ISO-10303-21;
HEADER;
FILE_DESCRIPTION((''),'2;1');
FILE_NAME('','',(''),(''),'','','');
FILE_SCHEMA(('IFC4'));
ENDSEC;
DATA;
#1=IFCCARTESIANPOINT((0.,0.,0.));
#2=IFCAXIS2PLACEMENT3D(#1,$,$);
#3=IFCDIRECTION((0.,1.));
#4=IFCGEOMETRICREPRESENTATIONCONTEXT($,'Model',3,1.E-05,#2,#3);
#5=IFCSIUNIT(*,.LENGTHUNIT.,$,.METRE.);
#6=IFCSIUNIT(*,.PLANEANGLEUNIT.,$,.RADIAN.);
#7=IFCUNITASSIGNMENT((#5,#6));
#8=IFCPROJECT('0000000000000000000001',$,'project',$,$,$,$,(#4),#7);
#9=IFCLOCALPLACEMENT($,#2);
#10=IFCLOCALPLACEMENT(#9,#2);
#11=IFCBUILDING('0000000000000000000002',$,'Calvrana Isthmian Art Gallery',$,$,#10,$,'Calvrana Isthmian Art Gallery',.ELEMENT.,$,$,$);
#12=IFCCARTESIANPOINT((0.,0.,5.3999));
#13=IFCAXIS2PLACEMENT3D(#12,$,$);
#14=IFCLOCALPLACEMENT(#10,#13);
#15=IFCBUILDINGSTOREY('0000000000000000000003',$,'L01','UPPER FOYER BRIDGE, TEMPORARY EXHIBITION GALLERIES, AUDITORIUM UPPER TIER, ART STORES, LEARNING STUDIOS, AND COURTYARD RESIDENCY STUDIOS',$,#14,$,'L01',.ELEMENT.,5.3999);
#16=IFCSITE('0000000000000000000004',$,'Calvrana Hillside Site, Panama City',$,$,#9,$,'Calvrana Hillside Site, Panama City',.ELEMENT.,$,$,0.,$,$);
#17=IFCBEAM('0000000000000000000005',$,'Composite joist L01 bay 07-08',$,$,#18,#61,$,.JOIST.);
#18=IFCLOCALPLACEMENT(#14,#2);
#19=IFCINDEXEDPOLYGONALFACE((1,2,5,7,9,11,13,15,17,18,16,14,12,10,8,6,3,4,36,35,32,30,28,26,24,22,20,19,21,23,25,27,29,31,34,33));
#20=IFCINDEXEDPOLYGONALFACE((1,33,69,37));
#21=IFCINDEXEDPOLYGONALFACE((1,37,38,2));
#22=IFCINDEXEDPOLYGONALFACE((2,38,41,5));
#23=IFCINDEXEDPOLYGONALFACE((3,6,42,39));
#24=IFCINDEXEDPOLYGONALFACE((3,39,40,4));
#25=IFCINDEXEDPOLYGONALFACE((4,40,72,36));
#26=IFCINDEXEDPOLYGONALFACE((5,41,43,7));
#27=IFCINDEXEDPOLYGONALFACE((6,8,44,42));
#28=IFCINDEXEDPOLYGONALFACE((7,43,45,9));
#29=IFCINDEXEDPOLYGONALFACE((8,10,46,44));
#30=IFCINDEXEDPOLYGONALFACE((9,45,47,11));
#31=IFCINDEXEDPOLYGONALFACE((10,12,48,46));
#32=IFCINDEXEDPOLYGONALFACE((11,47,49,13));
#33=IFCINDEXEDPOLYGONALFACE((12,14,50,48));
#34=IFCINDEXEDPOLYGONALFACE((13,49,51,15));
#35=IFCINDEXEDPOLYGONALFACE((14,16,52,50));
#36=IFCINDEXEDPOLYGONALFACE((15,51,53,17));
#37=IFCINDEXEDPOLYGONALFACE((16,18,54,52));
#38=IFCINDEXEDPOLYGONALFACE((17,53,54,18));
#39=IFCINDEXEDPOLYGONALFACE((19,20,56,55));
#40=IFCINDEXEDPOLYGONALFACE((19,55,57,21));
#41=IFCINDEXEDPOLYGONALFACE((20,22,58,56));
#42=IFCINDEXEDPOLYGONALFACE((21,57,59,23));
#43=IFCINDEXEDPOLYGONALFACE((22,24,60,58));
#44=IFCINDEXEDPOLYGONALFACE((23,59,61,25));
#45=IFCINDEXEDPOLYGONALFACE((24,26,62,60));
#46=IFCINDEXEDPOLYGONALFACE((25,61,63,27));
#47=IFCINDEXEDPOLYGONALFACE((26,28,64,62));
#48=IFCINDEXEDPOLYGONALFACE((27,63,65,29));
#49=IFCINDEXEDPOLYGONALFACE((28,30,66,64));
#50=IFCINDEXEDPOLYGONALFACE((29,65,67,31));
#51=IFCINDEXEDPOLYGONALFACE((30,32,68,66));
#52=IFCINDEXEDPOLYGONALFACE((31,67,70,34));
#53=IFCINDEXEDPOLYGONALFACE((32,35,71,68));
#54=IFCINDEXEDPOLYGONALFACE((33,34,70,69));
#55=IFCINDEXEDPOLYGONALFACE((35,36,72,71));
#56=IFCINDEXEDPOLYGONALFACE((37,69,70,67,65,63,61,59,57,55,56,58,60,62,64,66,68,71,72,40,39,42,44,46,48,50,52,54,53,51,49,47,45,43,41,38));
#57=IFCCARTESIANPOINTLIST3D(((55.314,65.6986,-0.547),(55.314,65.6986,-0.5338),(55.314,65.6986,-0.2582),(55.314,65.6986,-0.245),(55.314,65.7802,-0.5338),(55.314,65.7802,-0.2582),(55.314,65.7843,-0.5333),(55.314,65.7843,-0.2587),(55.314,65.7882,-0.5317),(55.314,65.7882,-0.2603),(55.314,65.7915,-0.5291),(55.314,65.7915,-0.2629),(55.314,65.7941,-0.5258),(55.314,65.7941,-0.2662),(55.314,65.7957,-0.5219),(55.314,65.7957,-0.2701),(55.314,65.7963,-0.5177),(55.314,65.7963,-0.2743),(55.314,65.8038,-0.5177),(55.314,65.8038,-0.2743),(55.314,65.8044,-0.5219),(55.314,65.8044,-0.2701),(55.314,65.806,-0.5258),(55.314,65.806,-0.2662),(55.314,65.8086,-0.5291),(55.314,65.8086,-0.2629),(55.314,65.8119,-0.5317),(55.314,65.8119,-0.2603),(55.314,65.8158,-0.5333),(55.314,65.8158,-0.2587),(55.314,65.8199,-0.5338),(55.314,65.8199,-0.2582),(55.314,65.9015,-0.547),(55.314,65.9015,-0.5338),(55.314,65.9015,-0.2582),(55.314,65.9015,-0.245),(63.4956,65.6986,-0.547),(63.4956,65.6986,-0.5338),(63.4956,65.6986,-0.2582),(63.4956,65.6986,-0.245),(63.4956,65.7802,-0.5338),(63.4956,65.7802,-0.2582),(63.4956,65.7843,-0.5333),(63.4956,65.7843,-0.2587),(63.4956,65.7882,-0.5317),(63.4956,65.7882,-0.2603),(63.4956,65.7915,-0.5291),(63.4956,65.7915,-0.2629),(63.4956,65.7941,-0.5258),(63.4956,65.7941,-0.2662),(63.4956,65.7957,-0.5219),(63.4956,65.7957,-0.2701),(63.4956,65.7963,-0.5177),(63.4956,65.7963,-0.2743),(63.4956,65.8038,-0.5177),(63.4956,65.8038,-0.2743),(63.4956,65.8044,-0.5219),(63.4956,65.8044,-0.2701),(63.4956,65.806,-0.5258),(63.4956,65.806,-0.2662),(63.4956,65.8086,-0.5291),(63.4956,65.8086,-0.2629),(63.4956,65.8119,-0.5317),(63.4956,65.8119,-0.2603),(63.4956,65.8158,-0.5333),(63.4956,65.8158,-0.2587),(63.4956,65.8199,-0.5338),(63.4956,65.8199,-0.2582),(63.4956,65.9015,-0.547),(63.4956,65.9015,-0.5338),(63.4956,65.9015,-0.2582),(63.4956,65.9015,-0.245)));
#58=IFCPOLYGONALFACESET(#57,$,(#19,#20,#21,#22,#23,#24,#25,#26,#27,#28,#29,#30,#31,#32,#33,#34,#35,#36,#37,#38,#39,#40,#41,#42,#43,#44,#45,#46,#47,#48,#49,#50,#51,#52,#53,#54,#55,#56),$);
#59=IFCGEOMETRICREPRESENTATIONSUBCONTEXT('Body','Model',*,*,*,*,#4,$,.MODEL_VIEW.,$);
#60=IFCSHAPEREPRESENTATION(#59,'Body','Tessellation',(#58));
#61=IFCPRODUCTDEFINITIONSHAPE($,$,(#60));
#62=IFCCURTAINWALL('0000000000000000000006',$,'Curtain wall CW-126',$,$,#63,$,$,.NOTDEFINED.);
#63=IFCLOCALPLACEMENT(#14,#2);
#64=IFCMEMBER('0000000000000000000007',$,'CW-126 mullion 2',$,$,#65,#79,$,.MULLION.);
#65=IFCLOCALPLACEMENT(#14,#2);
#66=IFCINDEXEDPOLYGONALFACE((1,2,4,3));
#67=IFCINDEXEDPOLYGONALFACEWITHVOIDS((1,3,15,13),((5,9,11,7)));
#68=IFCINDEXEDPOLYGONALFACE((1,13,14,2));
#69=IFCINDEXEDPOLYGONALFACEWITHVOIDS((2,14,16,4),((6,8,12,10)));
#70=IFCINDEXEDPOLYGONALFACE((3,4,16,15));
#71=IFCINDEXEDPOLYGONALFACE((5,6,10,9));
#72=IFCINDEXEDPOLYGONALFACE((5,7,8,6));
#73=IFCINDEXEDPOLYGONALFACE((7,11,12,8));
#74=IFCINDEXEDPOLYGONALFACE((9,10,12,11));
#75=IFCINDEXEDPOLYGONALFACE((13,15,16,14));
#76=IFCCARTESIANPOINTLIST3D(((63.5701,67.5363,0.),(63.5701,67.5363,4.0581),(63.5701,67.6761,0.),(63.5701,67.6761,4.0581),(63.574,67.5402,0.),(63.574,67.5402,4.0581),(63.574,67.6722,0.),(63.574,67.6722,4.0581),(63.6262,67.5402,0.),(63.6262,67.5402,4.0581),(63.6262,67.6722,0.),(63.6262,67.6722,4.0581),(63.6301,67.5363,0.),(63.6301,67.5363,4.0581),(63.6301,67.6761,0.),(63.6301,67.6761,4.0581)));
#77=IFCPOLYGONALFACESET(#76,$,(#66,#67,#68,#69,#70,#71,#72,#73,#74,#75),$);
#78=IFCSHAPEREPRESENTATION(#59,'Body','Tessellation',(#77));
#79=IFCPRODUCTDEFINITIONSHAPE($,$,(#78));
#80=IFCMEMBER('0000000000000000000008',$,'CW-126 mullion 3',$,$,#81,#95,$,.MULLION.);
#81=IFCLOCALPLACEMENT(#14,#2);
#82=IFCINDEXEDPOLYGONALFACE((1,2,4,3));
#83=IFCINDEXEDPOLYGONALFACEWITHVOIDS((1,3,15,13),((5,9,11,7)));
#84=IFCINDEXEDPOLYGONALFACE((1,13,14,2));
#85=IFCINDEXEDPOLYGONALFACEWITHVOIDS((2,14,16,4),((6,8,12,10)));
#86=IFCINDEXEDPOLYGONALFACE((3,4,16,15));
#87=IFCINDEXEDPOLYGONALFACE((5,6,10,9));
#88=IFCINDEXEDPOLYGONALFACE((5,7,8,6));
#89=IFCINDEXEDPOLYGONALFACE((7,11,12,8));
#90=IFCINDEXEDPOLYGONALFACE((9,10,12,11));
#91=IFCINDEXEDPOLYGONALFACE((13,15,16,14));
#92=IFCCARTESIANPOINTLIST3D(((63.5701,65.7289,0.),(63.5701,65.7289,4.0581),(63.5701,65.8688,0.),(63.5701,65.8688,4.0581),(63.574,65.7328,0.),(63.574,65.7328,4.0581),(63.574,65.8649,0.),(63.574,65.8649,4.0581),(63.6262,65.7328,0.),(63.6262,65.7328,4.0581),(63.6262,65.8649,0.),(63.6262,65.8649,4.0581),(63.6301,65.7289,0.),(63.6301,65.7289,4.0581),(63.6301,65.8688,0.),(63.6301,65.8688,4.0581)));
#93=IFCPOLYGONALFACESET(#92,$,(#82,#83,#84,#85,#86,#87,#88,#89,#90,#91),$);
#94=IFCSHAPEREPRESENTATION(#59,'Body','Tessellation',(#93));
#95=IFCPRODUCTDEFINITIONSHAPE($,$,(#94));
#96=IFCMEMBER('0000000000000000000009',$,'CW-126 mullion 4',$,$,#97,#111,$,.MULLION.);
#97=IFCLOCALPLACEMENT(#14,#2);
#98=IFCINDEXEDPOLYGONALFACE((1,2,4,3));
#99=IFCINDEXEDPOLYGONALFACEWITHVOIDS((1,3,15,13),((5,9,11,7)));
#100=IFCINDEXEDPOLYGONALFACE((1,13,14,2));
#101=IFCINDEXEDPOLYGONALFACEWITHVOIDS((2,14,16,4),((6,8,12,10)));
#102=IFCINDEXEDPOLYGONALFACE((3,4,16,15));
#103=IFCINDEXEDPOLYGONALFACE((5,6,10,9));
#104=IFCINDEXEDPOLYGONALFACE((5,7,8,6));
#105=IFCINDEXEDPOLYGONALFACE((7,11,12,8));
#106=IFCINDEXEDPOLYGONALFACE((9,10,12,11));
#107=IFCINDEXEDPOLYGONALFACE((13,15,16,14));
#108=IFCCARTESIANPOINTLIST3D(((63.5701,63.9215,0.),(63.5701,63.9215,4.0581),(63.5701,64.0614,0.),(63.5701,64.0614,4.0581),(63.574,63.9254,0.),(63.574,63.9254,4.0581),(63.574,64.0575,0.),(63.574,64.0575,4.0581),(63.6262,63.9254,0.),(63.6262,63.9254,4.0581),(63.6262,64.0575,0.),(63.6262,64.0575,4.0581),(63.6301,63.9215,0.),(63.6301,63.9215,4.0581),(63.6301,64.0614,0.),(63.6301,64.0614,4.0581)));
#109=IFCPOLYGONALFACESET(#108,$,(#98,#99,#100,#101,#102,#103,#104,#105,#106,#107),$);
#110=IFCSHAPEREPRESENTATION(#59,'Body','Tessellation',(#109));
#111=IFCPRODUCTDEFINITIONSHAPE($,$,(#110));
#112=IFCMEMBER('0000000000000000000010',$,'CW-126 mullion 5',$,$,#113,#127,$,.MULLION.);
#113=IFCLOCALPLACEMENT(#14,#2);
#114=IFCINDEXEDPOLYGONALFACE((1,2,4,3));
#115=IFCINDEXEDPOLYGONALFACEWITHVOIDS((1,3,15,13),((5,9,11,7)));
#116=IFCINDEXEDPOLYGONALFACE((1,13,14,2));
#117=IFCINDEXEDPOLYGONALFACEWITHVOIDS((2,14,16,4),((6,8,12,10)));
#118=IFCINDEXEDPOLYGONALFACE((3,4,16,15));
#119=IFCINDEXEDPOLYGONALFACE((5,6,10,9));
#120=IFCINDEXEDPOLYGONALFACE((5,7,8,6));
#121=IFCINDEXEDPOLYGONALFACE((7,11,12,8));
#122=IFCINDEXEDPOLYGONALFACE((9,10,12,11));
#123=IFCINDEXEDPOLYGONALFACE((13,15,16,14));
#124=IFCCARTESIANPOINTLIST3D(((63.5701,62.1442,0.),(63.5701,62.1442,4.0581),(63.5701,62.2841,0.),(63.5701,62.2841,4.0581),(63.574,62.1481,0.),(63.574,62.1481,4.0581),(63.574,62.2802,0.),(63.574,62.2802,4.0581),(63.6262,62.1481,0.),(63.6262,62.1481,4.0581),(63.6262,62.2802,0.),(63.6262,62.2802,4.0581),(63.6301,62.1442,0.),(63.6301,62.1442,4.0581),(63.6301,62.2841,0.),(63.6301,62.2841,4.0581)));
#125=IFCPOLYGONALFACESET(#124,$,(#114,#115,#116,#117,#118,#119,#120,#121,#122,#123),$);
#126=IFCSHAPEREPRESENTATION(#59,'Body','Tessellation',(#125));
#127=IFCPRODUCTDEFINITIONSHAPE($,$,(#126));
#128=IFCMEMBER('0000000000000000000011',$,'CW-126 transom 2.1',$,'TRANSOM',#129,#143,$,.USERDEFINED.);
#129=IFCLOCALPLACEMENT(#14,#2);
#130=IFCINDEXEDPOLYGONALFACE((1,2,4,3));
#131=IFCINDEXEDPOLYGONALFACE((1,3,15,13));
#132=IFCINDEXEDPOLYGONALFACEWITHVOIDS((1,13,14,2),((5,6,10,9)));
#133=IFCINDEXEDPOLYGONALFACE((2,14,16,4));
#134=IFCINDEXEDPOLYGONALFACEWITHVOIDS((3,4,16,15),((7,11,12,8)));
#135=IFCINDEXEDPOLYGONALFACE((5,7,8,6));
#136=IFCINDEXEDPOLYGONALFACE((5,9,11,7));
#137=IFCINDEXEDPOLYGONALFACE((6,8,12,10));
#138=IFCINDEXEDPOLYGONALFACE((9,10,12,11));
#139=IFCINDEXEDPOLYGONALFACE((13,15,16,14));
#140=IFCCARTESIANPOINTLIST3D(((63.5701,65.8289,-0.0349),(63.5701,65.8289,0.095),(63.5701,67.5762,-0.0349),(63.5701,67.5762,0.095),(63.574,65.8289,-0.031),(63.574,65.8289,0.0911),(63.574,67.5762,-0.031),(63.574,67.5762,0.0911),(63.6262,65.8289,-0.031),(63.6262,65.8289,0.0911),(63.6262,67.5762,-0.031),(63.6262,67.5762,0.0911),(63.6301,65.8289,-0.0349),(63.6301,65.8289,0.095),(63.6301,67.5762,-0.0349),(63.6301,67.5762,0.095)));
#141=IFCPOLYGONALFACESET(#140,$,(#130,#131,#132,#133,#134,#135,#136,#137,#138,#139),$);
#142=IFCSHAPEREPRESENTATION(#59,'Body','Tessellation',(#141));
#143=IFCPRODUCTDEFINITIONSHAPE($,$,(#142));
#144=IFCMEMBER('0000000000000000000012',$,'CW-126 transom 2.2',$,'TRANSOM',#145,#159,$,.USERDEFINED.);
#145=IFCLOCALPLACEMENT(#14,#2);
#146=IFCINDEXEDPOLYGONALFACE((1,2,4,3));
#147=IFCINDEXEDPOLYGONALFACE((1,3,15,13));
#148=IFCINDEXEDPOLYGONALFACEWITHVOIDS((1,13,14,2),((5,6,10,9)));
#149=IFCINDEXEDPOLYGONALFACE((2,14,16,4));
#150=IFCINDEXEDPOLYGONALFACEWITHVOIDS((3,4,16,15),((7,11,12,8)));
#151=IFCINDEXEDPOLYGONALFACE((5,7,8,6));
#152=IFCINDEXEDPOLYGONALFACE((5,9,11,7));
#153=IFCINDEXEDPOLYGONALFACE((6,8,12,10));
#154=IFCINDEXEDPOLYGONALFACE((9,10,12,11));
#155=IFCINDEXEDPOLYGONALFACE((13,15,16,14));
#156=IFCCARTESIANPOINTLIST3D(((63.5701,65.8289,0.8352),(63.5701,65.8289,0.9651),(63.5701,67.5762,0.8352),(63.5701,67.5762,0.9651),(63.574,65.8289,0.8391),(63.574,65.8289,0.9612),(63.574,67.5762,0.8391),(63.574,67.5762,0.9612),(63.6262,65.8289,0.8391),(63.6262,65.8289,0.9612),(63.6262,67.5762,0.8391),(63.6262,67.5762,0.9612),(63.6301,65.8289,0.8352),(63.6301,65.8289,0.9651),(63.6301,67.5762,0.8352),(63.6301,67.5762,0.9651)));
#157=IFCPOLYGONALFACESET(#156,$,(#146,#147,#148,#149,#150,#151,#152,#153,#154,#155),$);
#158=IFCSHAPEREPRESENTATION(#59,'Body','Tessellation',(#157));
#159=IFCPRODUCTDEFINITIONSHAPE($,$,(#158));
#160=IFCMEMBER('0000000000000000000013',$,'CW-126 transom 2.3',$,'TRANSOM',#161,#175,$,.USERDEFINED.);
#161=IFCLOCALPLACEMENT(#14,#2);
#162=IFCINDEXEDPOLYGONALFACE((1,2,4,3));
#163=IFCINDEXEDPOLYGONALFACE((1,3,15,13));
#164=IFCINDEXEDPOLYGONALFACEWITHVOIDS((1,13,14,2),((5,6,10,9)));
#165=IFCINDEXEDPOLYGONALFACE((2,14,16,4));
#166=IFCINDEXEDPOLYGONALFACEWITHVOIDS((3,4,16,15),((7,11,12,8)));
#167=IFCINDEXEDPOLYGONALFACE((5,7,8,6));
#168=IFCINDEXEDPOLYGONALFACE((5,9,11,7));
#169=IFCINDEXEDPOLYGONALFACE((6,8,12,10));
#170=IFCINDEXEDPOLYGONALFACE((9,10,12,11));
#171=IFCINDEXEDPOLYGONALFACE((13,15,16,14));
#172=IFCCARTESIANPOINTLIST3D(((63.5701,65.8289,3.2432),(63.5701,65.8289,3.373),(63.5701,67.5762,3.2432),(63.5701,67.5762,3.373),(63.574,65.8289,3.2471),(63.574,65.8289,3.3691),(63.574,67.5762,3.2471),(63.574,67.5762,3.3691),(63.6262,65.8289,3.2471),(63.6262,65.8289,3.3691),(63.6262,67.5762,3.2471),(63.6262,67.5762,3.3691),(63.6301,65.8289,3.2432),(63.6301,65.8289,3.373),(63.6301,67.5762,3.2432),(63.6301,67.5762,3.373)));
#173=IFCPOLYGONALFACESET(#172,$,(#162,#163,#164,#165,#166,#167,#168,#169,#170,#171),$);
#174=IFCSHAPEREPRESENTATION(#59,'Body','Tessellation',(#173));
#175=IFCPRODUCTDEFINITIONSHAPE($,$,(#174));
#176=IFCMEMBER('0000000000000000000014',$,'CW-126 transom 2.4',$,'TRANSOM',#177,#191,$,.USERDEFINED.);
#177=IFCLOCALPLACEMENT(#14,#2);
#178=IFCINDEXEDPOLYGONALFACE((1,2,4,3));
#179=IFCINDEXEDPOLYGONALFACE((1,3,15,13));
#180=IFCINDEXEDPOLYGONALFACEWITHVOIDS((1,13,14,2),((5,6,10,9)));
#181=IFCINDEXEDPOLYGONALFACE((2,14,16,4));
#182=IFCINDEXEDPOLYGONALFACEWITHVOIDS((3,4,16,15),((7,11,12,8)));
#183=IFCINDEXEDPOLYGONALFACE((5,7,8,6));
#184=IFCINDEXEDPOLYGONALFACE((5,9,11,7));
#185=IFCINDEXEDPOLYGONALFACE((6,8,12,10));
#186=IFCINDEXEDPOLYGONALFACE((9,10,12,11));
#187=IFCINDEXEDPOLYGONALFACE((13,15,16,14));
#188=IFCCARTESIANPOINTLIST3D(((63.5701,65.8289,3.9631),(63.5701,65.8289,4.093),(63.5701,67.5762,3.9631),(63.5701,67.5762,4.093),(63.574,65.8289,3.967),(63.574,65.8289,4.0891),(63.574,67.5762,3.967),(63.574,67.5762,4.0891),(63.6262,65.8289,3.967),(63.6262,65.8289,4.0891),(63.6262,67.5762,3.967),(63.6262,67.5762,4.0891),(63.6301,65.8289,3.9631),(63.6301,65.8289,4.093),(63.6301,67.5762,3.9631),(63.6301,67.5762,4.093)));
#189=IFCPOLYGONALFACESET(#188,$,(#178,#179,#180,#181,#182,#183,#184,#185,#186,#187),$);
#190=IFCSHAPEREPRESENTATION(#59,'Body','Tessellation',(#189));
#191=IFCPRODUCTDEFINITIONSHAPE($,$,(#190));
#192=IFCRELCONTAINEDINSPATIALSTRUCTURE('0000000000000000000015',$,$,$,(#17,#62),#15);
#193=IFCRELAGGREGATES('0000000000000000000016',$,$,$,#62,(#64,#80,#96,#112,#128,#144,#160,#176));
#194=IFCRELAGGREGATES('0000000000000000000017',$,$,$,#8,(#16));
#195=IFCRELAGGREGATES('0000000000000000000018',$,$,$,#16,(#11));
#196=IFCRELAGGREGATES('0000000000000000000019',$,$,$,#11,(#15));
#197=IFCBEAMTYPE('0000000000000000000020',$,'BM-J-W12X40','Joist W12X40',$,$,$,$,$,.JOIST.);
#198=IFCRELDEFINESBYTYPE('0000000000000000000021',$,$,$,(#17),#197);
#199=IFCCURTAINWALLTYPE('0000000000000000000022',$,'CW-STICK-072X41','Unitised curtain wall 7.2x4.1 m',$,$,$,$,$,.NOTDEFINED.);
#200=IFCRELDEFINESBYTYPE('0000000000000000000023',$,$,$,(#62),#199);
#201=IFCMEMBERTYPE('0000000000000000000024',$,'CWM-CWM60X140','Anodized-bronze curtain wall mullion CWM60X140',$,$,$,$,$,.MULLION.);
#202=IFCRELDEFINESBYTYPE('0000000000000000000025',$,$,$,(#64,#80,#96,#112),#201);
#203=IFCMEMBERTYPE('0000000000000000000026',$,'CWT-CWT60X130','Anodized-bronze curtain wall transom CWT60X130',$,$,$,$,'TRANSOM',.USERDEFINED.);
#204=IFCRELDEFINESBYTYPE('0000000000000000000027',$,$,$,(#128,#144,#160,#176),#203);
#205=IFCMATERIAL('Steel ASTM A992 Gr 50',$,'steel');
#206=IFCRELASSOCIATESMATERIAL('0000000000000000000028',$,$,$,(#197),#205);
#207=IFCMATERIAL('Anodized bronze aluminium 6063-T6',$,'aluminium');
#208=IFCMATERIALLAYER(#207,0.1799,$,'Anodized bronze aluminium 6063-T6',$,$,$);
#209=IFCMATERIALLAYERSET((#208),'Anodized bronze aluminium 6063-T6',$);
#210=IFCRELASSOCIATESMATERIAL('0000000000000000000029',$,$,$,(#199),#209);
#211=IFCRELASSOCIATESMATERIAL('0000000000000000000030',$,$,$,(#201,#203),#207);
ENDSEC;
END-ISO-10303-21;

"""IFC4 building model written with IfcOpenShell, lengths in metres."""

from ifc_helpers import new_model, si_unit, direction, frame, origin, origin_2d, place, context, subcontext, project, spatial, hollow_rectangle, i_section, extrude, material, layer, layer_set, material_profile, profile_set, type_object, element, aggregate, save


model = new_model("IFC4")

# Units and contexts
model_context = context("Model", 3, precision=1e-05, world=origin(), true_north=direction((0.0, 1.0)))
body_context = subcontext(model_context, "Body", "Model", "MODEL_VIEW")
ifc_project = project(units=[si_unit("LENGTHUNIT", "METRE"), si_unit("PLANEANGLEUNIT", "RADIAN")], contexts=[model_context])

# Site, building, storey
site_placement = place(None, origin())
site = spatial("IfcSite", under=ifc_project, at=site_placement, Name="Calvrana Hillside Site, Panama City", LongName="Calvrana Hillside Site, Panama City", CompositionType="ELEMENT", RefElevation=0.0)
building_placement = place(site_placement, origin())
building = spatial("IfcBuilding", under=site, at=building_placement, Name="Calvrana Isthmian Art Gallery", LongName="Calvrana Isthmian Art Gallery", CompositionType="ELEMENT")
storey_placement = place(building_placement, frame((0.0, 0.0, 5.3999)))
storey = spatial("IfcBuildingStorey", under=building, at=storey_placement, Name="L01", Description="UPPER FOYER BRIDGE, TEMPORARY EXHIBITION GALLERIES, AUDITORIUM UPPER TIER, ART STORES, LEARNING STUDIOS, AND COURTYARD RESIDENCY STUDIOS", LongName="L01", CompositionType="ELEMENT", Elevation=5.3999)

# Shared definitions
ifc_material_1 = material(Name="Steel ASTM A992 Gr 50", Category="steel")

# Beam
ifc_material_profile_1 = material_profile(ifc_material_1, i_section(OverallWidth=0.2029, OverallDepth=0.302, WebThickness=0.0076, FlangeThickness=0.0132, FilletRadius=0.0161, at=origin_2d()), Name="W12X40")
ifc_profile_set_1 = profile_set([ifc_material_profile_1], Name="Steel ASTM A992 Gr 50")
beam_type_1 = type_object("IfcBeamType", Name="BM-J-W12X40", Description="Joist W12X40", PredefinedType="JOIST", material=ifc_profile_set_1)
beam_1_placement = place(storey_placement, frame((55.314, 65.8, -0.396), z_axis=(1.0, 0.0, 0.0), x_axis=(0.0, 1.0, 0.0)))
element("IfcBeam", 1, at=beam_1_placement, inside=storey, type_object=beam_type_1, Name="Composite joist L01 bay 07-08", PredefinedType="JOIST", context=body_context, shape_type="SweptSolid", body=[
    extrude(i_section(OverallWidth=0.2029, OverallDepth=0.302, WebThickness=0.0076, FlangeThickness=0.0132, FilletRadius=0.0161, at=origin_2d()), origin(), (0.0, 0.0, 1.0), 8.1816),
])

# Curtain wall, members
ifc_material_2 = material(Name="Anodized bronze aluminium 6063-T6", Category="aluminium")
ifc_layer_1 = layer(ifc_material_2, 0.1799, Name="Anodized bronze aluminium 6063-T6")
ifc_layer_set_1 = layer_set([ifc_layer_1], Name="Anodized bronze aluminium 6063-T6")
curtain_wall_type = type_object("IfcCurtainWallType", Name="CW-STICK-072X41", Description="Unitised curtain wall 7.2x4.1 m", PredefinedType="NOTDEFINED", material=ifc_layer_set_1)
curtain_wall_placement = place(storey_placement, origin())
curtain_wall = element("IfcCurtainWall", 2, at=curtain_wall_placement, inside=storey, type_object=curtain_wall_type, Name="Curtain wall CW-126", PredefinedType="NOTDEFINED")
ifc_material_profile_2 = material_profile(ifc_material_2, hollow_rectangle(XDim=0.0601, YDim=0.1399, WallThickness=0.0039, at=origin_2d()), Name="CWM60X140")
ifc_profile_set_2 = profile_set([ifc_material_profile_2], Name="Anodized bronze aluminium 6063-T6")
member_type_1 = type_object("IfcMemberType", Name="CWM-CWM60X140", Description="Anodized-bronze curtain wall mullion CWM60X140", PredefinedType="MULLION", material=ifc_profile_set_2)
member_1_placement = place(storey_placement, frame((63.6001, 67.6062, 0.0), z_axis=(0.0, 0.0, 1.0), x_axis=(1.0, 0.0, 0.0)))
member_1 = element("IfcMember", 3, at=member_1_placement, type_object=member_type_1, Name="CW-126 mullion 2", PredefinedType="MULLION", context=body_context, shape_type="SweptSolid", body=[
    extrude(hollow_rectangle(XDim=0.0601, YDim=0.1399, WallThickness=0.0039, at=origin_2d()), origin(), (0.0, 0.0, 1.0), 4.0581),
])
member_2_placement = place(storey_placement, frame((63.6001, 65.7988, 0.0), z_axis=(0.0, 0.0, 1.0), x_axis=(1.0, 0.0, 0.0)))
member_2 = element("IfcMember", 4, at=member_2_placement, type_object=member_type_1, Name="CW-126 mullion 3", PredefinedType="MULLION", context=body_context, shape_type="SweptSolid", body=[
    extrude(hollow_rectangle(XDim=0.0601, YDim=0.1399, WallThickness=0.0039, at=origin_2d()), origin(), (0.0, 0.0, 1.0), 4.0581),
])
member_3_placement = place(storey_placement, frame((63.6001, 63.9915, 0.0), z_axis=(0.0, 0.0, 1.0), x_axis=(1.0, 0.0, 0.0)))
member_3 = element("IfcMember", 5, at=member_3_placement, type_object=member_type_1, Name="CW-126 mullion 4", PredefinedType="MULLION", context=body_context, shape_type="SweptSolid", body=[
    extrude(hollow_rectangle(XDim=0.0601, YDim=0.1399, WallThickness=0.0039, at=origin_2d()), origin(), (0.0, 0.0, 1.0), 4.0581),
])
member_4_placement = place(storey_placement, frame((63.6001, 62.2141, 0.0), z_axis=(0.0, 0.0, 1.0), x_axis=(1.0, 0.0, 0.0)))
member_4 = element("IfcMember", 6, at=member_4_placement, type_object=member_type_1, Name="CW-126 mullion 5", PredefinedType="MULLION", context=body_context, shape_type="SweptSolid", body=[
    extrude(hollow_rectangle(XDim=0.0601, YDim=0.1399, WallThickness=0.0039, at=origin_2d()), origin(), (0.0, 0.0, 1.0), 4.0581),
])
ifc_material_profile_3 = material_profile(ifc_material_2, hollow_rectangle(XDim=0.0601, YDim=0.1299, WallThickness=0.0039, at=origin_2d()), Name="CWT60X130")
ifc_profile_set_3 = profile_set([ifc_material_profile_3], Name="Anodized bronze aluminium 6063-T6")
member_type_2 = type_object("IfcMemberType", Name="CWT-CWT60X130", Description="Anodized-bronze curtain wall transom CWT60X130", ElementType="TRANSOM", PredefinedType="USERDEFINED", material=ifc_profile_set_3)
member_5_placement = place(storey_placement, frame((63.6001, 67.5762, 0.03), z_axis=(0.0, -1.0, 0.0), x_axis=(1.0, 0.0, 0.0)))
member_5 = element("IfcMember", 7, at=member_5_placement, type_object=member_type_2, Name="CW-126 transom 2.1", ObjectType="TRANSOM", PredefinedType="USERDEFINED", context=body_context, shape_type="SweptSolid", body=[
    extrude(hollow_rectangle(XDim=0.0601, YDim=0.1299, WallThickness=0.0039, at=origin_2d()), origin(), (0.0, 0.0, 1.0), 1.7473),
])
member_6_placement = place(storey_placement, frame((63.6001, 67.5762, 0.9001), z_axis=(0.0, -1.0, 0.0), x_axis=(1.0, 0.0, 0.0)))
member_6 = element("IfcMember", 8, at=member_6_placement, type_object=member_type_2, Name="CW-126 transom 2.2", ObjectType="TRANSOM", PredefinedType="USERDEFINED", context=body_context, shape_type="SweptSolid", body=[
    extrude(hollow_rectangle(XDim=0.0601, YDim=0.1299, WallThickness=0.0039, at=origin_2d()), origin(), (0.0, 0.0, 1.0), 1.7473),
])
member_7_placement = place(storey_placement, frame((63.6001, 67.5762, 3.3081), z_axis=(0.0, -1.0, 0.0), x_axis=(1.0, 0.0, 0.0)))
member_7 = element("IfcMember", 9, at=member_7_placement, type_object=member_type_2, Name="CW-126 transom 2.3", ObjectType="TRANSOM", PredefinedType="USERDEFINED", context=body_context, shape_type="SweptSolid", body=[
    extrude(hollow_rectangle(XDim=0.0601, YDim=0.1299, WallThickness=0.0039, at=origin_2d()), origin(), (0.0, 0.0, 1.0), 1.7473),
])
member_8_placement = place(storey_placement, frame((63.6001, 67.5762, 4.0281), z_axis=(0.0, -1.0, 0.0), x_axis=(1.0, 0.0, 0.0)))
member_8 = element("IfcMember", 10, at=member_8_placement, type_object=member_type_2, Name="CW-126 transom 2.4", ObjectType="TRANSOM", PredefinedType="USERDEFINED", context=body_context, shape_type="SweptSolid", body=[
    extrude(hollow_rectangle(XDim=0.0601, YDim=0.1299, WallThickness=0.0039, at=origin_2d()), origin(), (0.0, 0.0, 1.0), 1.7473),
])
aggregate(curtain_wall, [member_1, member_2, member_3, member_4, member_5, member_6, member_7, member_8])

save(model, "model.ifc")
